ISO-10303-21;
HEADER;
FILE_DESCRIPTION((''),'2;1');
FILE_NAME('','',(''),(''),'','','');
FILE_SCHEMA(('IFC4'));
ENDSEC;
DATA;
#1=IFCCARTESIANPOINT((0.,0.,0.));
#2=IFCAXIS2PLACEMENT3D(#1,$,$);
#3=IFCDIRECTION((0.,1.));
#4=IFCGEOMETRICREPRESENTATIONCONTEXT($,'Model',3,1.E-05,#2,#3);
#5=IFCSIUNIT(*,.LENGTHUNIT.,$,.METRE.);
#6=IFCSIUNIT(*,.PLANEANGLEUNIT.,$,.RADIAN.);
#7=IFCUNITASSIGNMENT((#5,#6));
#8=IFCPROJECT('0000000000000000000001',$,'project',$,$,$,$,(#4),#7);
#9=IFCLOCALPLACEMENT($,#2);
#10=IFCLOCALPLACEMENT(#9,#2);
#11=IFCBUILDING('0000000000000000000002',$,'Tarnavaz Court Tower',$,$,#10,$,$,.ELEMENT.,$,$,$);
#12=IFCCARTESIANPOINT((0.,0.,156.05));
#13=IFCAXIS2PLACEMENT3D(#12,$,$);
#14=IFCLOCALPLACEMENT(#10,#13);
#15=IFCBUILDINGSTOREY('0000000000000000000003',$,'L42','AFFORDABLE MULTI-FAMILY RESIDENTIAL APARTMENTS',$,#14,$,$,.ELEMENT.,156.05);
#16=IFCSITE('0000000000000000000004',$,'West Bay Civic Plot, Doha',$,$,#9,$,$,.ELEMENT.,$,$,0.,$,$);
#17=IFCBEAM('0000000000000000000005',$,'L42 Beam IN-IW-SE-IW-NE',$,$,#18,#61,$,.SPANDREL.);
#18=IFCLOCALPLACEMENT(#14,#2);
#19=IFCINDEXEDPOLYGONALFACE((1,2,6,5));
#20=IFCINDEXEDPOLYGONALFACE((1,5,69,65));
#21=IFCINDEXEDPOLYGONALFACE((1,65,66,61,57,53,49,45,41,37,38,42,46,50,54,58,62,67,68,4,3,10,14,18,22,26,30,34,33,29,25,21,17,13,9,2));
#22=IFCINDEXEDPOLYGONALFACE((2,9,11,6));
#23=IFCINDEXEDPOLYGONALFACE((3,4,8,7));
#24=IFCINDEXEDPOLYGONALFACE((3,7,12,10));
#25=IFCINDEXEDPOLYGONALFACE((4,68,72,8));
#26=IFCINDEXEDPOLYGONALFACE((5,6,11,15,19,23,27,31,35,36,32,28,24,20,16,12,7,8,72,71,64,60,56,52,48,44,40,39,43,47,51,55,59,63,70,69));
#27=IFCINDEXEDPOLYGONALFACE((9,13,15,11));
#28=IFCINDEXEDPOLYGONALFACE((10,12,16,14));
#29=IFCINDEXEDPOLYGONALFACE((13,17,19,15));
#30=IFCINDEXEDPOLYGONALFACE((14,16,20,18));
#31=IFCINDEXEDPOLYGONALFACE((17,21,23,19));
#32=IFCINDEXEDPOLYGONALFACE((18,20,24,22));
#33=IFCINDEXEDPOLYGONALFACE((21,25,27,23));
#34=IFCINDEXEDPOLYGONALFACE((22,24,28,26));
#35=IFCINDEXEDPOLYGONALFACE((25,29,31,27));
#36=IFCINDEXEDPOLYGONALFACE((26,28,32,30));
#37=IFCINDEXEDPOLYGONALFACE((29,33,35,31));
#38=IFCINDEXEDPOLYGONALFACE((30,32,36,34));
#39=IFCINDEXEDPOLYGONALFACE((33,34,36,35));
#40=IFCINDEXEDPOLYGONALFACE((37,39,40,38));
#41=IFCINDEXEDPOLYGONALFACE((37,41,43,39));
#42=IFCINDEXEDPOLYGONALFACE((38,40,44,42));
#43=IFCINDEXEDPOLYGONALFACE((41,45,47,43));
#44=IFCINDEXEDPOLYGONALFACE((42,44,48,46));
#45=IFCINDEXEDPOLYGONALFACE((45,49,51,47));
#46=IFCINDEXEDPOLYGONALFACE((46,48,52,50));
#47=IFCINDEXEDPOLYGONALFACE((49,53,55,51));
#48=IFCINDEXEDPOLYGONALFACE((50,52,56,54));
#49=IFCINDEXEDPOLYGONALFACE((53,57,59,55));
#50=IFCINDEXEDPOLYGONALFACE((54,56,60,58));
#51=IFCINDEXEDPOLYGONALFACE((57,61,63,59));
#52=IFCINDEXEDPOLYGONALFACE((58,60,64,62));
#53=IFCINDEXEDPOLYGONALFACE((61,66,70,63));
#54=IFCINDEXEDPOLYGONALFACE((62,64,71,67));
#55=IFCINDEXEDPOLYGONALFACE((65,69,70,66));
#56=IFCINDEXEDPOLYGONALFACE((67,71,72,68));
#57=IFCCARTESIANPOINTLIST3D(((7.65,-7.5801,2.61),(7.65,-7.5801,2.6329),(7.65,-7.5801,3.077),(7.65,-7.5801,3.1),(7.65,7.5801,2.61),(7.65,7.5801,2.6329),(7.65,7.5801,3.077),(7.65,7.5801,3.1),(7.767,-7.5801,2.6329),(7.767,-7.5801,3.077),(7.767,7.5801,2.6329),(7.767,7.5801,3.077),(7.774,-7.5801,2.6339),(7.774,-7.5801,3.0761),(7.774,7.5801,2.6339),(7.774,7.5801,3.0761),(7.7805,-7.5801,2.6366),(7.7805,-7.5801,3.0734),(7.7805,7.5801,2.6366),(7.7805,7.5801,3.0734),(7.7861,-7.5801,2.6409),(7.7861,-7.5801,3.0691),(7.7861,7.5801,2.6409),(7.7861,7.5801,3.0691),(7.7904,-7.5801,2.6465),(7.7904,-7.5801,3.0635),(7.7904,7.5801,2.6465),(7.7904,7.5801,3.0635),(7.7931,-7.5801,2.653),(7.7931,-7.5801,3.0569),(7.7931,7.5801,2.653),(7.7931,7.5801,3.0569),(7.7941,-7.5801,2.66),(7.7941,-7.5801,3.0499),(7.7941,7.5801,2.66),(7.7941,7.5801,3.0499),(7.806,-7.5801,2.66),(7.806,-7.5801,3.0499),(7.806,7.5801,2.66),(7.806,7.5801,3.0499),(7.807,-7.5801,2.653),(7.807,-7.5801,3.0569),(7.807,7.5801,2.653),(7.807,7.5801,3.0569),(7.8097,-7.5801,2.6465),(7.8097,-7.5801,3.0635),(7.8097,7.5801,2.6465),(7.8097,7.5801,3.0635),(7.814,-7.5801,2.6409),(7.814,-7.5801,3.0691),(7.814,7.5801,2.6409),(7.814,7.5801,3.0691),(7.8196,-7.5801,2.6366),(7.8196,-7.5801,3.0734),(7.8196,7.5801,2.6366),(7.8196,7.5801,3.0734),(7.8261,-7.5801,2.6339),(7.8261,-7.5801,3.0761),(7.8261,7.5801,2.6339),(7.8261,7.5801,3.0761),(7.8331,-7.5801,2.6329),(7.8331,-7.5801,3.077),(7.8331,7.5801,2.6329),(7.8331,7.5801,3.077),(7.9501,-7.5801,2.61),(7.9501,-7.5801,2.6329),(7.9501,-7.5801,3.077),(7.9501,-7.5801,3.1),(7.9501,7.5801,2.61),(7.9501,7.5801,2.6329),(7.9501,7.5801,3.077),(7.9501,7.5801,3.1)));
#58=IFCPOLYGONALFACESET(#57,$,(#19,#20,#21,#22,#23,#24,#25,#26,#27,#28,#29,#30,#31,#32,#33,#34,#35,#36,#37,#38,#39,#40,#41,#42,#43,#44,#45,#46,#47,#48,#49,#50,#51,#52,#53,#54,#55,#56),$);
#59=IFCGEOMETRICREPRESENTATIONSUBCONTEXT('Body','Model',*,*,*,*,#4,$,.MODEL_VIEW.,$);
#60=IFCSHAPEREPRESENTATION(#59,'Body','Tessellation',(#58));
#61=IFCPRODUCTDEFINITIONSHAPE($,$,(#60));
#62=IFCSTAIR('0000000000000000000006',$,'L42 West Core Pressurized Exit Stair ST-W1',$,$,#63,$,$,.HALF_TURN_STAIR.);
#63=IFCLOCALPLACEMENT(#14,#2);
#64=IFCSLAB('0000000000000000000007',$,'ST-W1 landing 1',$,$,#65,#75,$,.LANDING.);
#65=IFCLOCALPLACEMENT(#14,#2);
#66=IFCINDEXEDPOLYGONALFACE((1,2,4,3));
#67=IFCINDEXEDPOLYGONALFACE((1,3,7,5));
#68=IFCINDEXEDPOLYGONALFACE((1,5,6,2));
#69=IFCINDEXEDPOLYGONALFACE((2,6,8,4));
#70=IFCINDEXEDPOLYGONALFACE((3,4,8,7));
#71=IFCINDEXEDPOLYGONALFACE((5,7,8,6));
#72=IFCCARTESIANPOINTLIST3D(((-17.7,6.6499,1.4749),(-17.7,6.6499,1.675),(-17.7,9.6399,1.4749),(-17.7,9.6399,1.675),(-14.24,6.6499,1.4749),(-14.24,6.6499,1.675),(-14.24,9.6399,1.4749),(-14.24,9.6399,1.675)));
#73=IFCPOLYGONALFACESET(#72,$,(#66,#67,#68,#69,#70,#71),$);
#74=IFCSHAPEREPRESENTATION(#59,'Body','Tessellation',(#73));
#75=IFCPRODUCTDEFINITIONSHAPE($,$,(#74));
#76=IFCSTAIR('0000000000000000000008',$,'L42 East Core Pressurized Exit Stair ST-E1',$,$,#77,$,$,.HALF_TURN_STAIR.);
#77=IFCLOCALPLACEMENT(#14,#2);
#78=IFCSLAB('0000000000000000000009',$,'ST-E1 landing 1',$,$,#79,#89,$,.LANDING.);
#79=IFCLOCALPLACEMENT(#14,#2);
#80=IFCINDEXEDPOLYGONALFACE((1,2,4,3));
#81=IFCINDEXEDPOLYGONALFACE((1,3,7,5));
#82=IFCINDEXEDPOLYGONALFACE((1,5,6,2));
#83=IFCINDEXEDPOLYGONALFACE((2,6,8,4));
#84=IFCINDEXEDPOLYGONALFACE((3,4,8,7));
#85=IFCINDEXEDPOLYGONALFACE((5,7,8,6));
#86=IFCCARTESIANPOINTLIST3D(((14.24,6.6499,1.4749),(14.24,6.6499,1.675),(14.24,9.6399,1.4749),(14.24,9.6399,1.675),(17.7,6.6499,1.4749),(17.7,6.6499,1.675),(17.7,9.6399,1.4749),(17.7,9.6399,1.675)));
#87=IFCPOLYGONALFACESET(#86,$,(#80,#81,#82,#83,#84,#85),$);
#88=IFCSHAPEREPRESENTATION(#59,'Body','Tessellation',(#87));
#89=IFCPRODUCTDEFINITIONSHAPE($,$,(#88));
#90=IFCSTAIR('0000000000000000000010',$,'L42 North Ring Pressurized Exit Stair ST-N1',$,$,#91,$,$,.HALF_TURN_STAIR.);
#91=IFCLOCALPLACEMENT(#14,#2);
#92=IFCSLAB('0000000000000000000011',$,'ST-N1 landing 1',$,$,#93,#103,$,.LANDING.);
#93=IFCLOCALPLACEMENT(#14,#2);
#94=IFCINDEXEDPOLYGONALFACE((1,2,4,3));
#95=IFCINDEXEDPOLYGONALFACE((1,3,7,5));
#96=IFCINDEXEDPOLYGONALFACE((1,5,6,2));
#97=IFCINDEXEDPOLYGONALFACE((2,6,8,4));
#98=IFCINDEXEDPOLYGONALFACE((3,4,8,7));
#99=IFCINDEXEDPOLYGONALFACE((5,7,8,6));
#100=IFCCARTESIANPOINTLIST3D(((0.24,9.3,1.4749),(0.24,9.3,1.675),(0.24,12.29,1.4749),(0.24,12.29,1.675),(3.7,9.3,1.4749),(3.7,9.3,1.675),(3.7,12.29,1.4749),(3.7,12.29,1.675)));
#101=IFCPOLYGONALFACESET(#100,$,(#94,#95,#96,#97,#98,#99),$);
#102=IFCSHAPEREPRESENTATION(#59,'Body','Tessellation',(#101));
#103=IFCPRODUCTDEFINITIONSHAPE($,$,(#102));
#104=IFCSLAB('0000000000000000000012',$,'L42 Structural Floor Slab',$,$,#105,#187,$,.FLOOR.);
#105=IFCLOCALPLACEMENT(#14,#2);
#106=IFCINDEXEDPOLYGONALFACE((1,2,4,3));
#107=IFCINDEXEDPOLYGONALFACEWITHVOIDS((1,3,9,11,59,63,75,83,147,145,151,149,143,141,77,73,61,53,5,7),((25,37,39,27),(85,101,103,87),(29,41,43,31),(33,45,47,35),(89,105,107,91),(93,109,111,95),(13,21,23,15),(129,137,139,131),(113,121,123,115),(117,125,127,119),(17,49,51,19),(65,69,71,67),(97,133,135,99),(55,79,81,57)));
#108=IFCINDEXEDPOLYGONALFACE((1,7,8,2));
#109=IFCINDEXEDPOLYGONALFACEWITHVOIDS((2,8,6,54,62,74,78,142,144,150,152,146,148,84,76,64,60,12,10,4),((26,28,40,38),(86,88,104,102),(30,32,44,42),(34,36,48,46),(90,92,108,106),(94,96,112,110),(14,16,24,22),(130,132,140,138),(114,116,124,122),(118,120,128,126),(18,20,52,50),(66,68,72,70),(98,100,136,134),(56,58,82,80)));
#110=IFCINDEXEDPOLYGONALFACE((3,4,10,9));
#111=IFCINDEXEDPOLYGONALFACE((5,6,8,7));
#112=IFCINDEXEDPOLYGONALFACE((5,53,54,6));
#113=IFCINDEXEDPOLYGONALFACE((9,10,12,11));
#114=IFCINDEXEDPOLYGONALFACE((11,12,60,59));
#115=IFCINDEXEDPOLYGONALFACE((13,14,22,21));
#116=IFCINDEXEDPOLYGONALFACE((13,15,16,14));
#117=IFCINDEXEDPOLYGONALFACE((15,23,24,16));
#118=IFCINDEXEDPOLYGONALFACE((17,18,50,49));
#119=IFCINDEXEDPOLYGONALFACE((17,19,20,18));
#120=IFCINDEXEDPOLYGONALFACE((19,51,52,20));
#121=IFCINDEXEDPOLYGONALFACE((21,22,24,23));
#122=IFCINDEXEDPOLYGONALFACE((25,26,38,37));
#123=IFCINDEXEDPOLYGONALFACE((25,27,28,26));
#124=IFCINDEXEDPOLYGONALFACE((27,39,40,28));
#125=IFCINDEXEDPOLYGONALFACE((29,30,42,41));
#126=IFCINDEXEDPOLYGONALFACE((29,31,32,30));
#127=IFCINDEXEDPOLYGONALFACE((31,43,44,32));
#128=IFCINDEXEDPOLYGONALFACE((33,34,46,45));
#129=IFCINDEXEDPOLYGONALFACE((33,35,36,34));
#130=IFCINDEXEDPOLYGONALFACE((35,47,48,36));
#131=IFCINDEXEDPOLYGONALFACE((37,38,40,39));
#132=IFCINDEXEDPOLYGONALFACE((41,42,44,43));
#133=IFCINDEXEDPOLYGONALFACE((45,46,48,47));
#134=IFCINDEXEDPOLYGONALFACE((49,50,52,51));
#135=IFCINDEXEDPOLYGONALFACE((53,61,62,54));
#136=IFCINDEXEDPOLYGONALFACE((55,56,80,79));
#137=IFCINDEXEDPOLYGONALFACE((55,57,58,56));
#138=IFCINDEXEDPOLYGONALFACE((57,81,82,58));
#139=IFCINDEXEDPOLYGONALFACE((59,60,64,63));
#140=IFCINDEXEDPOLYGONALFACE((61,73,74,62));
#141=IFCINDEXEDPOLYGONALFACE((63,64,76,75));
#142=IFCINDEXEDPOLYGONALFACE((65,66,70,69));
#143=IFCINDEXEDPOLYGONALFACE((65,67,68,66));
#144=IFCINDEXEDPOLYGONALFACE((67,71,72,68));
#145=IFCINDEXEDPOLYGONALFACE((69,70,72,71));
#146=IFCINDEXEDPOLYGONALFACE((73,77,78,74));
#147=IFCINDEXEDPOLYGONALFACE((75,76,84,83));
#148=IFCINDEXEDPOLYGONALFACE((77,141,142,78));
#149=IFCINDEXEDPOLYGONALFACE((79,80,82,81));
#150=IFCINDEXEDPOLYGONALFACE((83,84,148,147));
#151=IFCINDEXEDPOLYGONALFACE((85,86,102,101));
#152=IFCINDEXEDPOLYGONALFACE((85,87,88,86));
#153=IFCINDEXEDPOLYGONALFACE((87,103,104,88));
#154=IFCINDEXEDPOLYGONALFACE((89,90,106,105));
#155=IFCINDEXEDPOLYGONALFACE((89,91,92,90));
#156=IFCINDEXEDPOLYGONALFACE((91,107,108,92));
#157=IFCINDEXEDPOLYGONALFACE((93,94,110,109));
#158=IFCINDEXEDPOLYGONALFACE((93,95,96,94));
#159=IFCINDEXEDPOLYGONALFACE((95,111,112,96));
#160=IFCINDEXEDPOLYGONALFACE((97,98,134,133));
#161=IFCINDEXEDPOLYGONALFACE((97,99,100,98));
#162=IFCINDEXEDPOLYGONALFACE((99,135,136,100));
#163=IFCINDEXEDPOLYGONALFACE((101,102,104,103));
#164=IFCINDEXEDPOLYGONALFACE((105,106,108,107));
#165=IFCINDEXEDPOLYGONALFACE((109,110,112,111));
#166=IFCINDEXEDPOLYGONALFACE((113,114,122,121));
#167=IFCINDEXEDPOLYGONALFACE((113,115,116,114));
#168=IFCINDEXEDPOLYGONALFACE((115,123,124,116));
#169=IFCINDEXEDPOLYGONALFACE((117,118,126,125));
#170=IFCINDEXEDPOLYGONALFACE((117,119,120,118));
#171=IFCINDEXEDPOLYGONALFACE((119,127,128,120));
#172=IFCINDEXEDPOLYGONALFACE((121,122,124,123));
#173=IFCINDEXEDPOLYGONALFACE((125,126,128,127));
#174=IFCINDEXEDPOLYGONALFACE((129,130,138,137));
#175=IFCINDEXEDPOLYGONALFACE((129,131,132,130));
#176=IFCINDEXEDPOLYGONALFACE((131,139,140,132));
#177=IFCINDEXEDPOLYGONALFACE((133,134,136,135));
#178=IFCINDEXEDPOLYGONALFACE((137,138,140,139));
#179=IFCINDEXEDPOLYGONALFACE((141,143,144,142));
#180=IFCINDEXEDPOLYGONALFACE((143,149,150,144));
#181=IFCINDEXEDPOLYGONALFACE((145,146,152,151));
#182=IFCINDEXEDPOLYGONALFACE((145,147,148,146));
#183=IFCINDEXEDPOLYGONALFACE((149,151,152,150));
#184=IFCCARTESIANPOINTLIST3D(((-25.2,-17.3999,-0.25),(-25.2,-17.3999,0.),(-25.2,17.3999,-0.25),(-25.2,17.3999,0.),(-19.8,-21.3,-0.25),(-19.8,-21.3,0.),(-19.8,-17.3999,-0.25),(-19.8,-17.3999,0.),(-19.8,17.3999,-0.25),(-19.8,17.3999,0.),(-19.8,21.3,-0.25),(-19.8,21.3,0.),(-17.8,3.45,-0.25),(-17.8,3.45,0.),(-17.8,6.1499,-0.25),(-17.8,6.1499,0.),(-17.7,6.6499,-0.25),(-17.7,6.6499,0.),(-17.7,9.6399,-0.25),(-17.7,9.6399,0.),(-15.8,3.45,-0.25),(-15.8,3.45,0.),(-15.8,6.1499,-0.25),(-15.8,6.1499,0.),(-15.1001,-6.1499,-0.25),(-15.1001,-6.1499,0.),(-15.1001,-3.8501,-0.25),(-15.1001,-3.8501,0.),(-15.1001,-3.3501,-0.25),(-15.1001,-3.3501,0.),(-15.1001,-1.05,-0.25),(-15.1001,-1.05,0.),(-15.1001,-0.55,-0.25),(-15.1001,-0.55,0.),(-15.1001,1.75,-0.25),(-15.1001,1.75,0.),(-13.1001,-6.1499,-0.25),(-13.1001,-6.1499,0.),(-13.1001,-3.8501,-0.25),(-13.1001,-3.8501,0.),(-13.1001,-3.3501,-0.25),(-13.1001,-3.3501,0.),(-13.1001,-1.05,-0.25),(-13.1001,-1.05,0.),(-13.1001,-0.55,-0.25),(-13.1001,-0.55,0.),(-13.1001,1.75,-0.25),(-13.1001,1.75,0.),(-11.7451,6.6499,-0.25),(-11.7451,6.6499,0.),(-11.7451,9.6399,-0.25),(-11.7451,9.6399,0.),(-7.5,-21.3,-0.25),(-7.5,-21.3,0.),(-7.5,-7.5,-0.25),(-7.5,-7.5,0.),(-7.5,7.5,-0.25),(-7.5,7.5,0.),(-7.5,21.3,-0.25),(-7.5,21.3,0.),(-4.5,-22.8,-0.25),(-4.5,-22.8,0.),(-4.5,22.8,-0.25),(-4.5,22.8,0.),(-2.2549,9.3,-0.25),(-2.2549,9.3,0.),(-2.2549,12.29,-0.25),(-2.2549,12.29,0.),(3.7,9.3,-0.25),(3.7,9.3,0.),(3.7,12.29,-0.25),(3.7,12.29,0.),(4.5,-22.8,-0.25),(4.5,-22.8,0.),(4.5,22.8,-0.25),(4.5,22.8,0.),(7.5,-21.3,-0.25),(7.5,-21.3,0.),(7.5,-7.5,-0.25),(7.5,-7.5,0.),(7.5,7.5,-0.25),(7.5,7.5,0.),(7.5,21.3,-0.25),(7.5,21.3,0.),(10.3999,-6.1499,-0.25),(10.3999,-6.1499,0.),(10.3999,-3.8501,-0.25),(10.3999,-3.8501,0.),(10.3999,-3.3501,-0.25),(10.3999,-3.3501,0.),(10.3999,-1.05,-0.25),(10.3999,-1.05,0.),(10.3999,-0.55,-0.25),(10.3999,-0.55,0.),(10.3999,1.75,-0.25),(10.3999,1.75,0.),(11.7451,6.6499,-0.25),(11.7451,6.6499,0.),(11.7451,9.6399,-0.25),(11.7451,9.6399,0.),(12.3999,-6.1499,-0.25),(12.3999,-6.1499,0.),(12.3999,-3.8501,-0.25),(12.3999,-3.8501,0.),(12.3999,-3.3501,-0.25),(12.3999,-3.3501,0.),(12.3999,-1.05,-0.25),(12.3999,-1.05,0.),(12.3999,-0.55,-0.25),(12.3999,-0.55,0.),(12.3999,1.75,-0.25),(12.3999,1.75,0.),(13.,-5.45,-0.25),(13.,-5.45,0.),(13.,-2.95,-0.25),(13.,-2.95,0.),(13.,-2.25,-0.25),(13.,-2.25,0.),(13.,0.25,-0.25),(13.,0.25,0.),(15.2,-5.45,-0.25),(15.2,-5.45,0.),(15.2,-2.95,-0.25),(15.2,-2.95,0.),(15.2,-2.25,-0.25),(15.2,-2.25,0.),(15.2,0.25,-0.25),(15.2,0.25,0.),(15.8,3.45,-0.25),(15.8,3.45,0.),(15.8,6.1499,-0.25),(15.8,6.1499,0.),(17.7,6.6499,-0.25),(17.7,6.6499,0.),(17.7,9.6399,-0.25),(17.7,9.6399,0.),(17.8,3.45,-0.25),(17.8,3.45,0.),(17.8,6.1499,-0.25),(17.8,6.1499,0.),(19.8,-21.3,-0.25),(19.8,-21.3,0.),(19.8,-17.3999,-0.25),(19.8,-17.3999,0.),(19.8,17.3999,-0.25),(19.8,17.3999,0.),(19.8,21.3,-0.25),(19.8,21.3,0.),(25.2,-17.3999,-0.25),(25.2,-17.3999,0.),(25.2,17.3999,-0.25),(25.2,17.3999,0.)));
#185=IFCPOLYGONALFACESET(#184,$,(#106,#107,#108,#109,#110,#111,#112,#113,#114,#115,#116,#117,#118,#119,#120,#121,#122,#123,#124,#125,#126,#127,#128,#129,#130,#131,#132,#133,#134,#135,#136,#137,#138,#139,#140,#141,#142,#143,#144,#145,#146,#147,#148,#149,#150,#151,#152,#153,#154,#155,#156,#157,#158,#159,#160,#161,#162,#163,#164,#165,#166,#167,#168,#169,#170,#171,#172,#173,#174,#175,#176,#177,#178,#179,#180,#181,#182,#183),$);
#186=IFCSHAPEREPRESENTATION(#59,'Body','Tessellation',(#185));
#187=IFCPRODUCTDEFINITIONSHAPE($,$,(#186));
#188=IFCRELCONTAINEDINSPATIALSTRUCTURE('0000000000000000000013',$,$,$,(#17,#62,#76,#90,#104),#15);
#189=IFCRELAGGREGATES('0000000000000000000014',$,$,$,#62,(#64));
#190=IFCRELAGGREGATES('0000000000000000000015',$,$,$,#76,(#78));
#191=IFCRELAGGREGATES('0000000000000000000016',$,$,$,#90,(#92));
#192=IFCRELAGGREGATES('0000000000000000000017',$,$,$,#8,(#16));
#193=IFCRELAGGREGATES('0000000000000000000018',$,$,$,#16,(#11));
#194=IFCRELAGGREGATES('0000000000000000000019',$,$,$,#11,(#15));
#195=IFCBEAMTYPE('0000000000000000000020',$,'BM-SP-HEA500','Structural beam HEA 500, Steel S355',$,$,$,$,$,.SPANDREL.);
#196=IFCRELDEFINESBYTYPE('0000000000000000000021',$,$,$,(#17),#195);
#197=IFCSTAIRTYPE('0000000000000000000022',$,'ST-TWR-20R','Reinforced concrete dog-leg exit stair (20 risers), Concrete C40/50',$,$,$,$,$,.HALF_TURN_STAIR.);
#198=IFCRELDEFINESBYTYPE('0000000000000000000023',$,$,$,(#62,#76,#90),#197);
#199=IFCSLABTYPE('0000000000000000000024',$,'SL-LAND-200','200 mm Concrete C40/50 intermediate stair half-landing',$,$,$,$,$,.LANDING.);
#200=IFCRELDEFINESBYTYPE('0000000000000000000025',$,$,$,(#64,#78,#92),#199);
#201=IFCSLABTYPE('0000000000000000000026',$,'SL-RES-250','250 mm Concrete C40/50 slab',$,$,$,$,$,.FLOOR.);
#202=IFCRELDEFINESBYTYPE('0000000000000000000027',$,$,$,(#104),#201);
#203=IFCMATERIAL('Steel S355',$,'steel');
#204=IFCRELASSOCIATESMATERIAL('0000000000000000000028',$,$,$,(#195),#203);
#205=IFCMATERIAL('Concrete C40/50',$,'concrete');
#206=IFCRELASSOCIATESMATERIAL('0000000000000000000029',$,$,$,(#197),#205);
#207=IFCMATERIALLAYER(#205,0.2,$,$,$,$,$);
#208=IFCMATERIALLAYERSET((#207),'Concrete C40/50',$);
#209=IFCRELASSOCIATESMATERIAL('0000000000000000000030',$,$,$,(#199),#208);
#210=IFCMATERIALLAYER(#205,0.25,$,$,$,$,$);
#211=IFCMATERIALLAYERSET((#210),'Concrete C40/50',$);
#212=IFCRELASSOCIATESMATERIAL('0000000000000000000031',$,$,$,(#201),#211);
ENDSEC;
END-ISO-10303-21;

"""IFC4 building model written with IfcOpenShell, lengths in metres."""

from ifc_helpers import new_model, si_unit, direction, frame, origin, origin_2d, place, context, subcontext, project, spatial, polyline, i_section, outline, extrude, material, layer, layer_set, material_profile, profile_set, type_object, element, aggregate, save


model = new_model("IFC4")

# Units and contexts
model_context = context("Model", 3, precision=1e-05, world=origin(), true_north=direction((0.0, 1.0)))
body_context = subcontext(model_context, "Body", "Model", "MODEL_VIEW")
ifc_project = project(units=[si_unit("LENGTHUNIT", "METRE"), si_unit("PLANEANGLEUNIT", "RADIAN")], contexts=[model_context])

# Site, building, storey
site_placement = place(None, origin())
site = spatial("IfcSite", under=ifc_project, at=site_placement, Name="West Bay Civic Plot, Doha", CompositionType="ELEMENT", RefElevation=0.0)
building_placement = place(site_placement, origin())
building = spatial("IfcBuilding", under=site, at=building_placement, Name="Tarnavaz Court Tower", CompositionType="ELEMENT")
storey_placement = place(building_placement, frame((0.0, 0.0, 156.05)))
storey = spatial("IfcBuildingStorey", under=building, at=storey_placement, Name="L42", Description="AFFORDABLE MULTI-FAMILY RESIDENTIAL APARTMENTS", CompositionType="ELEMENT", Elevation=156.05)

# Beam
ifc_material_1 = material(Name="Steel S355", Category="steel")
ifc_material_profile_1 = material_profile(ifc_material_1, i_section(OverallWidth=0.3, OverallDepth=0.49, WebThickness=0.012, FlangeThickness=0.0229, FilletRadius=0.0271, at=origin_2d()), Name="HEA 500")
ifc_profile_set_1 = profile_set([ifc_material_profile_1], Name="Steel S355")
beam_type_1 = type_object("IfcBeamType", Name="BM-SP-HEA500", Description="Structural beam HEA 500, Steel S355", PredefinedType="SPANDREL", material=ifc_profile_set_1)
beam_1_placement = place(storey_placement, frame((7.8, -7.5801, 2.855), z_axis=(0.0, 1.0, 0.0), x_axis=(-1.0, 0.0, 0.0)))
element("IfcBeam", 1, at=beam_1_placement, inside=storey, type_object=beam_type_1, Name="L42 Beam IN-IW-SE-IW-NE", PredefinedType="SPANDREL", context=body_context, shape_type="SweptSolid", body=[
    extrude(i_section(OverallWidth=0.3, OverallDepth=0.49, WebThickness=0.012, FlangeThickness=0.0229, FilletRadius=0.0271, at=origin_2d()), origin(), (0.0, 0.0, 1.0), 15.1602),
])

# Stairs, slabs
ifc_material_2 = material(Name="Concrete C40/50", Category="concrete")
stair_type = type_object("IfcStairType", Name="ST-TWR-20R", Description="Reinforced concrete dog-leg exit stair (20 risers), Concrete C40/50", PredefinedType="HALF_TURN_STAIR", material=ifc_material_2)
stair_1_placement = place(storey_placement, origin())
stair_1 = element("IfcStair", 2, at=stair_1_placement, inside=storey, type_object=stair_type, Name="L42 West Core Pressurized Exit Stair ST-W1", PredefinedType="HALF_TURN_STAIR")
ifc_layer_1 = layer(ifc_material_2, 0.2)
ifc_layer_set_1 = layer_set([ifc_layer_1], Name="Concrete C40/50")
slab_type_1 = type_object("IfcSlabType", Name="SL-LAND-200", Description="200 mm Concrete C40/50 intermediate stair half-landing", PredefinedType="LANDING", material=ifc_layer_set_1)
slab_1_placement = place(storey_placement, frame((0.0, 0.0, 1.4749)))
slab_1 = element("IfcSlab", 3, at=slab_1_placement, type_object=slab_type_1, Name="ST-W1 landing 1", PredefinedType="LANDING", context=body_context, shape_type="SweptSolid", body=[
    extrude(outline(polyline([(-14.24, 9.6399), (-17.7, 9.6399), (-17.7, 6.6499), (-14.24, 6.6499), (-14.24, 9.6399)])), origin(), (0.0, 0.0, 1.0), 0.2002),
])
aggregate(stair_1, [slab_1])
stair_2_placement = place(storey_placement, origin())
stair_2 = element("IfcStair", 4, at=stair_2_placement, inside=storey, type_object=stair_type, Name="L42 East Core Pressurized Exit Stair ST-E1", PredefinedType="HALF_TURN_STAIR")
slab_2_placement = place(storey_placement, frame((0.0, 0.0, 1.4749)))
slab_2 = element("IfcSlab", 5, at=slab_2_placement, type_object=slab_type_1, Name="ST-E1 landing 1", PredefinedType="LANDING", context=body_context, shape_type="SweptSolid", body=[
    extrude(outline(polyline([(14.24, 6.6499), (17.7, 6.6499), (17.7, 9.6399), (14.24, 9.6399), (14.24, 6.6499)])), origin(), (0.0, 0.0, 1.0), 0.2002),
])
aggregate(stair_2, [slab_2])
stair_3_placement = place(storey_placement, origin())
stair_3 = element("IfcStair", 6, at=stair_3_placement, inside=storey, type_object=stair_type, Name="L42 North Ring Pressurized Exit Stair ST-N1", PredefinedType="HALF_TURN_STAIR")
slab_3_placement = place(storey_placement, frame((0.0, 0.0, 1.4749)))
slab_3 = element("IfcSlab", 7, at=slab_3_placement, type_object=slab_type_1, Name="ST-N1 landing 1", PredefinedType="LANDING", context=body_context, shape_type="SweptSolid", body=[
    extrude(outline(polyline([(0.24, 9.3), (3.7, 9.3), (3.7, 12.29), (0.24, 12.29), (0.24, 9.3)])), origin(), (0.0, 0.0, 1.0), 0.2002),
])
aggregate(stair_3, [slab_3])

# Slab
ifc_layer_2 = layer(ifc_material_2, 0.25)
ifc_layer_set_2 = layer_set([ifc_layer_2], Name="Concrete C40/50")
slab_type_2 = type_object("IfcSlabType", Name="SL-RES-250", Description="250 mm Concrete C40/50 slab", PredefinedType="FLOOR", material=ifc_layer_set_2)
slab_4_placement = place(storey_placement, frame((0.0, 0.0, -0.25)))
element("IfcSlab", 8, at=slab_4_placement, inside=storey, type_object=slab_type_2, Name="L42 Structural Floor Slab", PredefinedType="FLOOR", context=body_context, shape_type="SweptSolid", body=[
    extrude(outline(polyline([(-19.8, -21.3), (-7.5, -21.3), (-4.5, -22.8), (4.5, -22.8), (7.5, -21.3), (19.8, -21.3), (19.8, -17.3999), (25.2, -17.3999), (25.2, 17.3999), (19.8, 17.3999), (19.8, 21.3), (7.5, 21.3), (4.5, 22.8), (-4.5, 22.8), (-7.5, 21.3), (-19.8, 21.3), (-19.8, 17.3999), (-25.2, 17.3999), (-25.2, -17.3999), (-19.8, -17.3999), (-19.8, -21.3)]), holes=[polyline([(-7.5, -7.5), (7.5, -7.5), (7.5, 7.5), (-7.5, 7.5), (-7.5, -7.5)]), polyline([(-11.7451, 9.6399), (-17.7, 9.6399), (-17.7, 6.6499), (-11.7451, 6.6499), (-11.7451, 9.6399)]), polyline([(11.7451, 6.6499), (17.7, 6.6499), (17.7, 9.6399), (11.7451, 9.6399), (11.7451, 6.6499)]), polyline([(-2.2549, 9.3), (3.7, 9.3), (3.7, 12.29), (-2.2549, 12.29), (-2.2549, 9.3)]), polyline([(-17.8, 3.45), (-15.8, 3.45), (-15.8, 6.1499), (-17.8, 6.1499), (-17.8, 3.45)]), polyline([(-15.1001, -6.1499), (-13.1001, -6.1499), (-13.1001, -3.8501), (-15.1001, -3.8501), (-15.1001, -6.1499)]), polyline([(-15.1001, -3.3501), (-13.1001, -3.3501), (-13.1001, -1.05), (-15.1001, -1.05), (-15.1001, -3.3501)]), polyline([(-15.1001, -0.55), (-13.1001, -0.55), (-13.1001, 1.75), (-15.1001, 1.75), (-15.1001, -0.55)]), polyline([(15.8, 3.45), (17.8, 3.45), (17.8, 6.1499), (15.8, 6.1499), (15.8, 3.45)]), polyline([(10.3999, -6.1499), (12.3999, -6.1499), (12.3999, -3.8501), (10.3999, -3.8501), (10.3999, -6.1499)]), polyline([(10.3999, -3.3501), (12.3999, -3.3501), (12.3999, -1.05), (10.3999, -1.05), (10.3999, -3.3501)]), polyline([(10.3999, -0.55), (12.3999, -0.55), (12.3999, 1.75), (10.3999, 1.75), (10.3999, -0.55)]), polyline([(13.0, -5.45), (15.2, -5.45), (15.2, -2.95), (13.0, -2.95), (13.0, -5.45)]), polyline([(13.0, -2.25), (15.2, -2.25), (15.2, 0.25), (13.0, 0.25), (13.0, -2.25)])]), origin(), (0.0, 0.0, 1.0), 0.25),
])

save(model, "model.ifc")
